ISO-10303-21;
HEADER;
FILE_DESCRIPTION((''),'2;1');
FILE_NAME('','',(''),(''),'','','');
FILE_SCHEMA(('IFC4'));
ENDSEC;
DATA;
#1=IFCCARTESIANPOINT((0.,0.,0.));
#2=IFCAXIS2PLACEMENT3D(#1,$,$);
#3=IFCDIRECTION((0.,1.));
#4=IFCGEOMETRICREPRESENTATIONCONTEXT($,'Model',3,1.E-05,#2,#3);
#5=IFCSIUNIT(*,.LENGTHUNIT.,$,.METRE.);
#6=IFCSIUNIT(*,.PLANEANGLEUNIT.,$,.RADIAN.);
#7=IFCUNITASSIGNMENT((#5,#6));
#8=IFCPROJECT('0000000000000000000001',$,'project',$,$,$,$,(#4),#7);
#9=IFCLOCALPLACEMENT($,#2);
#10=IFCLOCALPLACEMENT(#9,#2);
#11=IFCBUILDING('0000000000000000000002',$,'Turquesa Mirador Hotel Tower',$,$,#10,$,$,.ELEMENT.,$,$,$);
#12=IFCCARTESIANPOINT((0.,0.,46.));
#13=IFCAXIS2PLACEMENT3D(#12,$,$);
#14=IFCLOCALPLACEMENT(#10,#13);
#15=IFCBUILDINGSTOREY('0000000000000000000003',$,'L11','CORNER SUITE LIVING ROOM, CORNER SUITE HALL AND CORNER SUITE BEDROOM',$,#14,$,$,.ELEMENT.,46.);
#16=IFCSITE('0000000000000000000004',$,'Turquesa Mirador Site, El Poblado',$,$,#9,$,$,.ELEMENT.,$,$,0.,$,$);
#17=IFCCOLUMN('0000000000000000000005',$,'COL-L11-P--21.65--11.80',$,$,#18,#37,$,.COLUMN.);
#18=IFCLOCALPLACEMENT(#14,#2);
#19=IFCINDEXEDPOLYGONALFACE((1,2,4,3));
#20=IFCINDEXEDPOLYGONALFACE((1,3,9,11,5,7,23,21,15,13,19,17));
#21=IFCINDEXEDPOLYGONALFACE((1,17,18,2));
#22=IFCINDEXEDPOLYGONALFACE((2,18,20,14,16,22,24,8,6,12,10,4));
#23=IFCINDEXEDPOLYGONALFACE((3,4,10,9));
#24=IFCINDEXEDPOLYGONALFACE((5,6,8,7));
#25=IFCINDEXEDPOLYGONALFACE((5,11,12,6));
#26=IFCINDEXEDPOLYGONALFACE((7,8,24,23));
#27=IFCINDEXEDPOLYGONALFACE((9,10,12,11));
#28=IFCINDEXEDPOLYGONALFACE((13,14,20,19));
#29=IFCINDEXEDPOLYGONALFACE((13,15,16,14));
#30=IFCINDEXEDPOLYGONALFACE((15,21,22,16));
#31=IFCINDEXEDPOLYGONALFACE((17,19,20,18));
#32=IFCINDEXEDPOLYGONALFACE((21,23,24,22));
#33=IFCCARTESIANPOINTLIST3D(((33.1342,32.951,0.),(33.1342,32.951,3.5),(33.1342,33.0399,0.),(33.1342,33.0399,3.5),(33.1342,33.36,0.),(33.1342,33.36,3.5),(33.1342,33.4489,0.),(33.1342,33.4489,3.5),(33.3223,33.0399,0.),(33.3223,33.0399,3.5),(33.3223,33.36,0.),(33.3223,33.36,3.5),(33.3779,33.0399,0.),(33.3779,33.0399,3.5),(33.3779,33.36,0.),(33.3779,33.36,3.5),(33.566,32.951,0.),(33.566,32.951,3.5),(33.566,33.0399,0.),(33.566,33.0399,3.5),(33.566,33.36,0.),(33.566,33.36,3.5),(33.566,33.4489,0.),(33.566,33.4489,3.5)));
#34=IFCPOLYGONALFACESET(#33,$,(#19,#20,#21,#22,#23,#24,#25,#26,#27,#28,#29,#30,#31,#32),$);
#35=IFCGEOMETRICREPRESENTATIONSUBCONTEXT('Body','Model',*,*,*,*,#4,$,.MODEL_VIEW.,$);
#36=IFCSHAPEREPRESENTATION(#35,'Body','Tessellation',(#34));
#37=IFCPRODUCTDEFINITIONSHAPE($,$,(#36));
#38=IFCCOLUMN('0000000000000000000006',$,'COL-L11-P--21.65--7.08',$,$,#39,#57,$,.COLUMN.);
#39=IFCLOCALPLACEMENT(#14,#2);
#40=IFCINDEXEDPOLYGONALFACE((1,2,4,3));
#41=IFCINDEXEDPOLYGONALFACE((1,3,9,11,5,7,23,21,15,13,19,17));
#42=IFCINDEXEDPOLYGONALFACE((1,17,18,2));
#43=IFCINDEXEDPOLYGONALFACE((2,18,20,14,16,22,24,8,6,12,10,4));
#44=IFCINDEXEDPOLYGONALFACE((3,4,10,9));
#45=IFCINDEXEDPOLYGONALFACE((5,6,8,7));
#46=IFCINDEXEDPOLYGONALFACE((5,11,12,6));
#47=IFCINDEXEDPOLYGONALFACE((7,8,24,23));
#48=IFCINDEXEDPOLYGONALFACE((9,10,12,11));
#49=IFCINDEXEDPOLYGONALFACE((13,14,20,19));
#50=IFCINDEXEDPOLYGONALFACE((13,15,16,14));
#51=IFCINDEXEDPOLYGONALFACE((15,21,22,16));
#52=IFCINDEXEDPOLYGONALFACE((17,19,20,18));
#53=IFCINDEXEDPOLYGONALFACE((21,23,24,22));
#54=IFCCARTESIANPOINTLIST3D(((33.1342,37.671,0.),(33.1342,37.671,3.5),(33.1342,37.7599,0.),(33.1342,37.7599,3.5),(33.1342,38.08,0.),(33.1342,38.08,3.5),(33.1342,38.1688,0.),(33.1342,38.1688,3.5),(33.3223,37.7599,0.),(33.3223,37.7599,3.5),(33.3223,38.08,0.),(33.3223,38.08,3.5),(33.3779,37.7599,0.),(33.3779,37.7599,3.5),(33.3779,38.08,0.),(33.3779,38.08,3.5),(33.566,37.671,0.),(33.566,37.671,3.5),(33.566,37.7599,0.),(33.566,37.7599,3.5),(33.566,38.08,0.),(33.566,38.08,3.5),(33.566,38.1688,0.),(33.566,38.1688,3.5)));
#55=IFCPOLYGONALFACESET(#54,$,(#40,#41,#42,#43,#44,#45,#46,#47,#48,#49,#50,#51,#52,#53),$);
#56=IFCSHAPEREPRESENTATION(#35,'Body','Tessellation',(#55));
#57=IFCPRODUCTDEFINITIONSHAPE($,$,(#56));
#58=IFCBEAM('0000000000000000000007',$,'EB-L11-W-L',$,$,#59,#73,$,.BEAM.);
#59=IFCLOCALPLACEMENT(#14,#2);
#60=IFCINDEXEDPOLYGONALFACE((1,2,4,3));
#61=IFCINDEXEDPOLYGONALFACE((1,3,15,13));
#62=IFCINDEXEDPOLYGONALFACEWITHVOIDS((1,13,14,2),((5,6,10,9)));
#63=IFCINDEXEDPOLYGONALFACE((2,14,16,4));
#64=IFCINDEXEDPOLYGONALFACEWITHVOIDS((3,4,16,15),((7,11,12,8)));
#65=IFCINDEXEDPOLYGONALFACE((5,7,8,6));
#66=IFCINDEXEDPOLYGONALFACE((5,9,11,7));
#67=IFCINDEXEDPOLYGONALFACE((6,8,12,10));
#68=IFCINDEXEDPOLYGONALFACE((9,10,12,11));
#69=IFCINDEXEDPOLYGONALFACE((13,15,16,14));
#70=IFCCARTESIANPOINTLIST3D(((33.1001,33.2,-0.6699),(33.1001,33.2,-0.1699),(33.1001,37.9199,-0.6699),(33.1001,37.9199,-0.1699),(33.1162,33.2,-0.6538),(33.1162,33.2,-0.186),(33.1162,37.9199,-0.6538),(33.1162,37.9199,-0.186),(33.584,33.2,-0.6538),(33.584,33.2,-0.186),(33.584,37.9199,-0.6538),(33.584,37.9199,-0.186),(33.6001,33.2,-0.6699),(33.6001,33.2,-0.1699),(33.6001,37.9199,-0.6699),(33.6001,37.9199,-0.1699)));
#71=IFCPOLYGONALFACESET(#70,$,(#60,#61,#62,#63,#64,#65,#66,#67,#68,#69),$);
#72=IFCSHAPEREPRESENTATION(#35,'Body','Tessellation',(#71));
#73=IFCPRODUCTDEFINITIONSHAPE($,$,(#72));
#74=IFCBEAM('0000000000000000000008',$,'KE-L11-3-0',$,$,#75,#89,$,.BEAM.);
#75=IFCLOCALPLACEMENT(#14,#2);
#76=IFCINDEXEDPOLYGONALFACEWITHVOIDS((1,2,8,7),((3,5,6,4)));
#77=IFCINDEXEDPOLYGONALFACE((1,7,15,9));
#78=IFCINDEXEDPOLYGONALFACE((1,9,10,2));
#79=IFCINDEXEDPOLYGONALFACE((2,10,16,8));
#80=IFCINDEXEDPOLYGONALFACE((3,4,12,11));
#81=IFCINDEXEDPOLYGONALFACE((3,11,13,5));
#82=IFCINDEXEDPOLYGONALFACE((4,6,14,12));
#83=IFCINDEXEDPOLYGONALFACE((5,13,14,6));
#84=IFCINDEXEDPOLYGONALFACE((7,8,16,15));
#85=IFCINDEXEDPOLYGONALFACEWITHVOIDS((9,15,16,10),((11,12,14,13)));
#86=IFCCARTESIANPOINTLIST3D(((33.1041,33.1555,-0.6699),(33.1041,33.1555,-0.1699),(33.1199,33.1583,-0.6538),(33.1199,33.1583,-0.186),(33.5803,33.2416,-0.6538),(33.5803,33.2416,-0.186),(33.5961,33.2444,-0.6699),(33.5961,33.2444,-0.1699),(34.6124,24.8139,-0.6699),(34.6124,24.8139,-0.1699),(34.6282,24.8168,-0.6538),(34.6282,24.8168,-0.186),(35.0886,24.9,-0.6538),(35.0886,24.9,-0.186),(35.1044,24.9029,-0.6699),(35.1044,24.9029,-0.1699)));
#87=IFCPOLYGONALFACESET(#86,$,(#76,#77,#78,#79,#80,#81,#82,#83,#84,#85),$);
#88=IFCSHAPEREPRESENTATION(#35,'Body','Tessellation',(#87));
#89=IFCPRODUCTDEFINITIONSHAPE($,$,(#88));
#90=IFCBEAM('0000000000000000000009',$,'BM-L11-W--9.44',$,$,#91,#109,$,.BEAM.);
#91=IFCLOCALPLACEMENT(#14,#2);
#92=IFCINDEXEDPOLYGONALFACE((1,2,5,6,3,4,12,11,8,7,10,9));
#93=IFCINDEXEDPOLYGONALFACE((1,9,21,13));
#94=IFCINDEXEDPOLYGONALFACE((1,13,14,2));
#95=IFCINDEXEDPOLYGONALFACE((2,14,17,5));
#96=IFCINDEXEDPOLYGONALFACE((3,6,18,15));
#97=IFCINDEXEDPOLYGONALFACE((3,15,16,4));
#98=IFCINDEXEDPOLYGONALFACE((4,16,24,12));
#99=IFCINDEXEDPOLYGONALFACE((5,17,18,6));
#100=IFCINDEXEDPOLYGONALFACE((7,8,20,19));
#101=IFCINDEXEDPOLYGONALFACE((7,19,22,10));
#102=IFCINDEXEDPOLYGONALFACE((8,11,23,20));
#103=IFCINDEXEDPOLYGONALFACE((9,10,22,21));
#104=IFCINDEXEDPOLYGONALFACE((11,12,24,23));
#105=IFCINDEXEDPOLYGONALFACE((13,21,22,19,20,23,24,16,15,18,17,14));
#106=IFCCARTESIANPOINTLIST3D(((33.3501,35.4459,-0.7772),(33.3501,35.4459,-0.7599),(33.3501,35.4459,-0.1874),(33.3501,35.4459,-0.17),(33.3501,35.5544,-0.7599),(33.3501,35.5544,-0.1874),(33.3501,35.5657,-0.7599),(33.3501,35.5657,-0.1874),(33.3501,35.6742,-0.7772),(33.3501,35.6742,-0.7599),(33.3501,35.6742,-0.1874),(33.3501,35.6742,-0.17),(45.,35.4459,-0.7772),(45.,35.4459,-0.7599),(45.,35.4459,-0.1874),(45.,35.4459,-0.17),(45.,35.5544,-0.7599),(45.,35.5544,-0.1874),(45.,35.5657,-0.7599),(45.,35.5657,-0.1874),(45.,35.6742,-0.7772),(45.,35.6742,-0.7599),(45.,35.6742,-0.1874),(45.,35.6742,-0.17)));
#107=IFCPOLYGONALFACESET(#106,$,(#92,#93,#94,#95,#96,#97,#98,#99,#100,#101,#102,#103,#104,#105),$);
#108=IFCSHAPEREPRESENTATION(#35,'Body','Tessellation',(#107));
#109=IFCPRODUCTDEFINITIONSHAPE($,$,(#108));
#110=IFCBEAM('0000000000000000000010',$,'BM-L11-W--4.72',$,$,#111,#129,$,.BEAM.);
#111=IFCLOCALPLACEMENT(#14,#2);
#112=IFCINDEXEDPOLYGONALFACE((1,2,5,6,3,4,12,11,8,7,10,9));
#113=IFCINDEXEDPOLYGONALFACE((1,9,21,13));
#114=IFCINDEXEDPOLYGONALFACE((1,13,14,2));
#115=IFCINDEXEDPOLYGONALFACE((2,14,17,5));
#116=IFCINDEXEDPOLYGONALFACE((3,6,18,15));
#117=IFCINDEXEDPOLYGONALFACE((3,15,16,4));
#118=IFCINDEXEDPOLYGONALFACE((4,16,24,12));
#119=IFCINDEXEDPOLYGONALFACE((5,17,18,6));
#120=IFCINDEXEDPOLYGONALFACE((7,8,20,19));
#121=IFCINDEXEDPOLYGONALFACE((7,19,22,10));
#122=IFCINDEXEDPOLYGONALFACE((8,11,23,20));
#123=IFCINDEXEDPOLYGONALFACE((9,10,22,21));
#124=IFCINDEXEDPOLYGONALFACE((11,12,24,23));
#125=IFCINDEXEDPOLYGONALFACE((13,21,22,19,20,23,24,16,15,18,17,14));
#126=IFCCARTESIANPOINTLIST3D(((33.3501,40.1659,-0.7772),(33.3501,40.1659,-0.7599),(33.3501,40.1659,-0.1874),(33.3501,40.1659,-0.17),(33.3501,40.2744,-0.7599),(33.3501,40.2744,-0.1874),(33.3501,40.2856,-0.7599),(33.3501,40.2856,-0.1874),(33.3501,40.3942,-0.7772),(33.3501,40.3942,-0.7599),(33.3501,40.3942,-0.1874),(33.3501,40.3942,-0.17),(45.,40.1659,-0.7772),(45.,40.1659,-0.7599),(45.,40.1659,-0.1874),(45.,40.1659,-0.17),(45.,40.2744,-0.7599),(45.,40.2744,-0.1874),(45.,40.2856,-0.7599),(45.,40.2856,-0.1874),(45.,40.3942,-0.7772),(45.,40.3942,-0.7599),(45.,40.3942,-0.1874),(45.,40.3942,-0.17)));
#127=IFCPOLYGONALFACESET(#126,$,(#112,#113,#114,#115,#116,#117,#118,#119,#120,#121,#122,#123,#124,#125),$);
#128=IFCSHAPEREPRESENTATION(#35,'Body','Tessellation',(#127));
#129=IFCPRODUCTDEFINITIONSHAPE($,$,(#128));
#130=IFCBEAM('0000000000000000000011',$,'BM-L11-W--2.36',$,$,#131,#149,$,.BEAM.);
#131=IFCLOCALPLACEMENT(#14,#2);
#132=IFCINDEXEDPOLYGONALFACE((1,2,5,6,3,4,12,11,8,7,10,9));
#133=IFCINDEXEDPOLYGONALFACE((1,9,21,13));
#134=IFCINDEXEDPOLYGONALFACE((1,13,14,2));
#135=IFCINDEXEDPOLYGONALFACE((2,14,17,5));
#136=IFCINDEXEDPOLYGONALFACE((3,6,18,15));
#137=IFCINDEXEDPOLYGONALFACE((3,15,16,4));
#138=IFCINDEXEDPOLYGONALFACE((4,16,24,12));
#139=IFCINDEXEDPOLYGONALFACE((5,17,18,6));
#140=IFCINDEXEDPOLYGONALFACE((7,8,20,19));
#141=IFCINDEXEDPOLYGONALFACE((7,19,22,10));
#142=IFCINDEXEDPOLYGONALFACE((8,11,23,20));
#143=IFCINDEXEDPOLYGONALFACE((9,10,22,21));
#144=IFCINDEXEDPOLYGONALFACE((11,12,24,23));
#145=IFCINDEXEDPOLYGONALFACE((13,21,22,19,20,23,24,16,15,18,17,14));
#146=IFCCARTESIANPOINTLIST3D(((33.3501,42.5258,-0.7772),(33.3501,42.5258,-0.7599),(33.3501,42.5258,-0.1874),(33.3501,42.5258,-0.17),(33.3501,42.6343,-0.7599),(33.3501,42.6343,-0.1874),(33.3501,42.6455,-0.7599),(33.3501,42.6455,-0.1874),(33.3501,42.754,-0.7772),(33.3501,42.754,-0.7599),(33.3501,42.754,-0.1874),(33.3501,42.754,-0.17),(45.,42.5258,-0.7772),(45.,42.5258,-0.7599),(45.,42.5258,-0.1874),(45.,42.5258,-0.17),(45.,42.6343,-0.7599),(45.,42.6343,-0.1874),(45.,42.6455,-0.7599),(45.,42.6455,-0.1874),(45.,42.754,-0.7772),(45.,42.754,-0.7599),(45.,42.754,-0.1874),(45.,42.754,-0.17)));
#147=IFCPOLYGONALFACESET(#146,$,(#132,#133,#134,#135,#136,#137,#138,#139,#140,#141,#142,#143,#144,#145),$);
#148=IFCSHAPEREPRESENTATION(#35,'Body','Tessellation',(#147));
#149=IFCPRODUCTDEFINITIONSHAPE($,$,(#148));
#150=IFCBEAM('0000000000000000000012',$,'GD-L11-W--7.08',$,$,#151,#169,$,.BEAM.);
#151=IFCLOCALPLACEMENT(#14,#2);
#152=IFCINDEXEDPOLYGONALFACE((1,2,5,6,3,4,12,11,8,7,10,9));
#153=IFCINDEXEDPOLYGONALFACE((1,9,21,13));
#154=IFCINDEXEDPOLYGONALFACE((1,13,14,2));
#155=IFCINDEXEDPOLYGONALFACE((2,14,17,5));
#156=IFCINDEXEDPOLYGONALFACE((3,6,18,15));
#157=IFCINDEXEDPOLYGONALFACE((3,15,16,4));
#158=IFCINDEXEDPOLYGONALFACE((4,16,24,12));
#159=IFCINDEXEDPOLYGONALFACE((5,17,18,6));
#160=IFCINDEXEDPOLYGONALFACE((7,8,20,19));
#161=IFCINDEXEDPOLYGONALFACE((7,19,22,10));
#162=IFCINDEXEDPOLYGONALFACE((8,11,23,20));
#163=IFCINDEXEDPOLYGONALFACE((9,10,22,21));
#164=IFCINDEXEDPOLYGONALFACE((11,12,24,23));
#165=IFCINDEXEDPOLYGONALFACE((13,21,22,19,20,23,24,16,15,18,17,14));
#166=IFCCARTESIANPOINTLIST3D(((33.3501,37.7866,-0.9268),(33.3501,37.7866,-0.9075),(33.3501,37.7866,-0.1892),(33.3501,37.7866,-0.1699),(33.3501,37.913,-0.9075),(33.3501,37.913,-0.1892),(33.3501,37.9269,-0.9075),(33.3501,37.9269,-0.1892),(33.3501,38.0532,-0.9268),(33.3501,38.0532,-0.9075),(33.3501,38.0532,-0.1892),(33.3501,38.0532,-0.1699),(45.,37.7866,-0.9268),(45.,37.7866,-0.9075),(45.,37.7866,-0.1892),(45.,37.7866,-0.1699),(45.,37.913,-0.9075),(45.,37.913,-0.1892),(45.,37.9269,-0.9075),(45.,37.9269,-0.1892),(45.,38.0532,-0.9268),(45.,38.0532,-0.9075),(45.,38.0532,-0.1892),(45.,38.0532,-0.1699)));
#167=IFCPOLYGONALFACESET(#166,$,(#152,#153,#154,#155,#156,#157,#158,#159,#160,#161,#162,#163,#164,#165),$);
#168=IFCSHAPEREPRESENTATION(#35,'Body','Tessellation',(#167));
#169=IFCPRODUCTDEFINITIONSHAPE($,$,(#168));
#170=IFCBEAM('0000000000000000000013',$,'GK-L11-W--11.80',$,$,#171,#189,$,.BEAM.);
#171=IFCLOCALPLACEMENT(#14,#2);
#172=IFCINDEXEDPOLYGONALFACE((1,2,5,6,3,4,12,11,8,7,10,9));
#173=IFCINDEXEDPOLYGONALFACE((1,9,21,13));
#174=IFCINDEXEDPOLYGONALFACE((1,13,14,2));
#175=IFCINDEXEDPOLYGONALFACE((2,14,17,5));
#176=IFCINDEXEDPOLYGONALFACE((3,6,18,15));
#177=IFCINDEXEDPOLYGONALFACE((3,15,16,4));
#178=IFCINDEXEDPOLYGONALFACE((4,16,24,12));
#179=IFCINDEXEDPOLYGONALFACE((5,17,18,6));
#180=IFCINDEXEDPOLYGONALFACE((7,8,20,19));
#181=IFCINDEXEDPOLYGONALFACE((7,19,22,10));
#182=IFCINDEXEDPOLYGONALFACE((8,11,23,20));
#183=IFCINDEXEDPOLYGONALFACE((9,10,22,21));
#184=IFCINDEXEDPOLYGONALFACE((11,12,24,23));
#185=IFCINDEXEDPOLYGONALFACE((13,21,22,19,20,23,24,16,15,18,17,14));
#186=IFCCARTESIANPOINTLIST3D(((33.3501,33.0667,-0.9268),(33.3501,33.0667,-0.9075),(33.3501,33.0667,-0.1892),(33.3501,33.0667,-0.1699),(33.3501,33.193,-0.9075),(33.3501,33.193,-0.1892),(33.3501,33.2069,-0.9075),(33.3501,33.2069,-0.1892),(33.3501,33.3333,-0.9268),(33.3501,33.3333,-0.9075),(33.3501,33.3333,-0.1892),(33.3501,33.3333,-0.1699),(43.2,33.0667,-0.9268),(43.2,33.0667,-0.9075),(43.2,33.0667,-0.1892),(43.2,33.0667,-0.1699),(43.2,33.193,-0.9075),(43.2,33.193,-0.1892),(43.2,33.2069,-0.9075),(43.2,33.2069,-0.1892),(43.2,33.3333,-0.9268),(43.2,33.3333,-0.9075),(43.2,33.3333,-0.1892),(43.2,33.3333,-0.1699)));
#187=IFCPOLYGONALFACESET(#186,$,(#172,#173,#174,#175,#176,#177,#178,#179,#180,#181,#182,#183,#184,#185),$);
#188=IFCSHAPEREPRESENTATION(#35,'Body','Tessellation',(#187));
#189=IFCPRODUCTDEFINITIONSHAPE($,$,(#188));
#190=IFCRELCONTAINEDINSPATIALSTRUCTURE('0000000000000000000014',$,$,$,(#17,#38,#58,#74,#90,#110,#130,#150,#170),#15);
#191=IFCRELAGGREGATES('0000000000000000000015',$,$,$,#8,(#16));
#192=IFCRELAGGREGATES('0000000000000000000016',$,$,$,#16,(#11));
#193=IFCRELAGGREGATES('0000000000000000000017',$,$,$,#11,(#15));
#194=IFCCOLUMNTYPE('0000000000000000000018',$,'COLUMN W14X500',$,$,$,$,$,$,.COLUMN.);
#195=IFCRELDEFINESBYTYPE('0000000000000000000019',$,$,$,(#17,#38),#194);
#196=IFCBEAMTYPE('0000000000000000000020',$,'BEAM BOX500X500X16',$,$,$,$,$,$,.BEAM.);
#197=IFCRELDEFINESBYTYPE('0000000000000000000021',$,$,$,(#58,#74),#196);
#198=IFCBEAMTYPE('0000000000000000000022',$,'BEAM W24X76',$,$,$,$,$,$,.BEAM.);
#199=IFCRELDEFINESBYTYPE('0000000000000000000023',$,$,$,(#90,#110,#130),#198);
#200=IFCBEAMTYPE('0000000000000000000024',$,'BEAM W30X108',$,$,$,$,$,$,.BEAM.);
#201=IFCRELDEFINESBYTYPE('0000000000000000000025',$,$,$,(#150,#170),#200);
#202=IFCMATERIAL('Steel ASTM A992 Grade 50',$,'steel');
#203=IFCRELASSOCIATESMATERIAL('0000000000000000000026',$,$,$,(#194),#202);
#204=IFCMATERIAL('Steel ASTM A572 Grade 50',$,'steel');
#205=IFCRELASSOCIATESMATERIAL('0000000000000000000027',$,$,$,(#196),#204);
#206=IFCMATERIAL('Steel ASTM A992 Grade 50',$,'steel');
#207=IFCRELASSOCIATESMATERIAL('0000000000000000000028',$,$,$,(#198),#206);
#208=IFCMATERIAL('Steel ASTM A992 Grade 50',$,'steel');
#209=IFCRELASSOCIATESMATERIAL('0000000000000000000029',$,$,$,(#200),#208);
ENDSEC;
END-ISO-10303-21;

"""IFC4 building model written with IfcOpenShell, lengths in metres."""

from ifc_helpers import new_model, si_unit, direction, frame, origin, origin_2d, place, context, subcontext, project, spatial, hollow_rectangle, i_section, extrude, material, material_profile, profile_set, type_object, element, save


model = new_model("IFC4")

# Units and contexts
model_context = context("Model", 3, precision=1e-05, world=origin(), true_north=direction((0.0, 1.0)))
body_context = subcontext(model_context, "Body", "Model", "MODEL_VIEW")
ifc_project = project(units=[si_unit("LENGTHUNIT", "METRE"), si_unit("PLANEANGLEUNIT", "RADIAN")], contexts=[model_context])

# Site, building, storey
site_placement = place(None, origin())
site = spatial("IfcSite", under=ifc_project, at=site_placement, Name="Turquesa Mirador Site, El Poblado", CompositionType="ELEMENT", RefElevation=0.0)
building_placement = place(site_placement, origin())
building = spatial("IfcBuilding", under=site, at=building_placement, Name="Turquesa Mirador Hotel Tower", CompositionType="ELEMENT")
storey_placement = place(building_placement, frame((0.0, 0.0, 46.0)))
storey = spatial("IfcBuildingStorey", under=building, at=storey_placement, Name="L11", Description="CORNER SUITE LIVING ROOM, CORNER SUITE HALL AND CORNER SUITE BEDROOM", CompositionType="ELEMENT", Elevation=46.0)

# Columns
ifc_material_1 = material(Name="Steel ASTM A992 Grade 50", Category="steel")
ifc_material_profile_1 = material_profile(ifc_material_1, i_section(OverallWidth=0.4319, OverallDepth=0.4978, WebThickness=0.0557, FlangeThickness=0.0889, at=origin_2d()), Name="W14X500")
ifc_profile_set_1 = profile_set([ifc_material_profile_1], Name="Steel ASTM A992 Grade 50")
column_type = type_object("IfcColumnType", Name="COLUMN W14X500", PredefinedType="COLUMN", material=ifc_profile_set_1)
for number, where, z_axis, x_axis, name in (
    (1, (33.3501, 33.2, 0.0), (0.0, 0.0, 1.0), (1.0, 0.0, 0.0), "COL-L11-P--21.65--11.80"),
    (2, (33.3501, 37.9199, 0.0), (0.0, 0.0, 1.0), (1.0, 0.0, 0.0), "COL-L11-P--21.65--7.08"),
):
    element("IfcColumn", number, at=place(storey_placement, frame(where, z_axis=z_axis, x_axis=x_axis)), inside=storey, type_object=column_type, Name=name, PredefinedType="COLUMN", context=body_context, shape_type="SweptSolid", body=[
        extrude(i_section(OverallWidth=0.4319, OverallDepth=0.4978, WebThickness=0.0557, FlangeThickness=0.0889, at=origin_2d()), origin(), (0.0, 0.0, 1.0), 3.5),
    ])

# Beams
ifc_material_2 = material(Name="Steel ASTM A572 Grade 50", Category="steel")
ifc_material_profile_2 = material_profile(ifc_material_2, hollow_rectangle(XDim=0.5, YDim=0.5, WallThickness=0.0161, at=origin_2d()), Name="BOX500X500X16")
ifc_profile_set_2 = profile_set([ifc_material_profile_2], Name="Steel ASTM A572 Grade 50")
beam_type_1 = type_object("IfcBeamType", Name="BEAM BOX500X500X16", PredefinedType="BEAM", material=ifc_profile_set_2)
beam_1_placement = place(storey_placement, frame((33.3501, 33.2, -0.4199), z_axis=(0.0, 1.0, 0.0), x_axis=(-1.0, 0.0, 0.0)))
element("IfcBeam", 3, at=beam_1_placement, inside=storey, type_object=beam_type_1, Name="EB-L11-W-L", PredefinedType="BEAM", context=body_context, shape_type="SweptSolid", body=[
    extrude(hollow_rectangle(XDim=0.5, YDim=0.5, WallThickness=0.0161, at=origin_2d()), origin(), (0.0, 0.0, 1.0), 4.72),
])
beam_2_placement = place(storey_placement, frame((33.3501, 33.2, -0.4199), z_axis=(0.177932, -0.984043, 0.0), x_axis=(0.984043, 0.177932, 0.0)))
element("IfcBeam", 4, at=beam_2_placement, inside=storey, type_object=beam_type_1, Name="KE-L11-3-0", PredefinedType="BEAM", context=body_context, shape_type="SweptSolid", body=[
    extrude(hollow_rectangle(XDim=0.5, YDim=0.5, WallThickness=0.0161, at=origin_2d()), origin(), (0.0, 0.0, 1.0), 8.4768),
])
ifc_material_3 = material(Name="Steel ASTM A992 Grade 50", Category="steel")
ifc_material_profile_3 = material_profile(ifc_material_3, i_section(OverallWidth=0.2283, OverallDepth=0.6072, WebThickness=0.0112, FlangeThickness=0.0173, at=origin_2d()), Name="W24X76")
ifc_profile_set_3 = profile_set([ifc_material_profile_3], Name="Steel ASTM A992 Grade 50")
beam_type_2 = type_object("IfcBeamType", Name="BEAM W24X76", PredefinedType="BEAM", material=ifc_profile_set_3)
for number, where, z_axis, x_axis, name in (
    (5, (33.3501, 35.5601, -0.4736), (1.0, 0.0, 0.0), (0.0, 1.0, 0.0), "BM-L11-W--9.44"),
    (6, (33.3501, 40.28, -0.4736), (1.0, 0.0, 0.0), (0.0, 1.0, 0.0), "BM-L11-W--4.72"),
    (7, (33.3501, 42.6399, -0.4736), (1.0, 0.0, 0.0), (0.0, 1.0, 0.0), "BM-L11-W--2.36"),
):
    element("IfcBeam", number, at=place(storey_placement, frame(where, z_axis=z_axis, x_axis=x_axis)), inside=storey, type_object=beam_type_2, Name=name, PredefinedType="BEAM", context=body_context, shape_type="SweptSolid", body=[
        extrude(i_section(OverallWidth=0.2283, OverallDepth=0.6072, WebThickness=0.0112, FlangeThickness=0.0173, at=origin_2d()), origin(), (0.0, 0.0, 1.0), 11.6499),
    ])
ifc_material_4 = material(Name="Steel ASTM A992 Grade 50", Category="steel")
ifc_material_profile_4 = material_profile(ifc_material_4, i_section(OverallWidth=0.2666, OverallDepth=0.7568, WebThickness=0.0139, FlangeThickness=0.0193, at=origin_2d()), Name="W30X108")
ifc_profile_set_4 = profile_set([ifc_material_profile_4], Name="Steel ASTM A992 Grade 50")
beam_type_3 = type_object("IfcBeamType", Name="BEAM W30X108", PredefinedType="BEAM", material=ifc_profile_set_4)
beam_3_placement = place(storey_placement, frame((33.3501, 37.9199, -0.5483), z_axis=(1.0, 0.0, 0.0), x_axis=(0.0, 1.0, 0.0)))
element("IfcBeam", 8, at=beam_3_placement, inside=storey, type_object=beam_type_3, Name="GD-L11-W--7.08", PredefinedType="BEAM", context=body_context, shape_type="SweptSolid", body=[
    extrude(i_section(OverallWidth=0.2666, OverallDepth=0.7568, WebThickness=0.0139, FlangeThickness=0.0193, at=origin_2d()), origin(), (0.0, 0.0, 1.0), 11.6499),
])
beam_4_placement = place(storey_placement, frame((33.3501, 33.2, -0.5483), z_axis=(1.0, 0.0, 0.0), x_axis=(0.0, 1.0, 0.0)))
element("IfcBeam", 9, at=beam_4_placement, inside=storey, type_object=beam_type_3, Name="GK-L11-W--11.80", PredefinedType="BEAM", context=body_context, shape_type="SweptSolid", body=[
    extrude(i_section(OverallWidth=0.2666, OverallDepth=0.7568, WebThickness=0.0139, FlangeThickness=0.0193, at=origin_2d()), origin(), (0.0, 0.0, 1.0), 9.8499),
])

save(model, "model.ifc")
